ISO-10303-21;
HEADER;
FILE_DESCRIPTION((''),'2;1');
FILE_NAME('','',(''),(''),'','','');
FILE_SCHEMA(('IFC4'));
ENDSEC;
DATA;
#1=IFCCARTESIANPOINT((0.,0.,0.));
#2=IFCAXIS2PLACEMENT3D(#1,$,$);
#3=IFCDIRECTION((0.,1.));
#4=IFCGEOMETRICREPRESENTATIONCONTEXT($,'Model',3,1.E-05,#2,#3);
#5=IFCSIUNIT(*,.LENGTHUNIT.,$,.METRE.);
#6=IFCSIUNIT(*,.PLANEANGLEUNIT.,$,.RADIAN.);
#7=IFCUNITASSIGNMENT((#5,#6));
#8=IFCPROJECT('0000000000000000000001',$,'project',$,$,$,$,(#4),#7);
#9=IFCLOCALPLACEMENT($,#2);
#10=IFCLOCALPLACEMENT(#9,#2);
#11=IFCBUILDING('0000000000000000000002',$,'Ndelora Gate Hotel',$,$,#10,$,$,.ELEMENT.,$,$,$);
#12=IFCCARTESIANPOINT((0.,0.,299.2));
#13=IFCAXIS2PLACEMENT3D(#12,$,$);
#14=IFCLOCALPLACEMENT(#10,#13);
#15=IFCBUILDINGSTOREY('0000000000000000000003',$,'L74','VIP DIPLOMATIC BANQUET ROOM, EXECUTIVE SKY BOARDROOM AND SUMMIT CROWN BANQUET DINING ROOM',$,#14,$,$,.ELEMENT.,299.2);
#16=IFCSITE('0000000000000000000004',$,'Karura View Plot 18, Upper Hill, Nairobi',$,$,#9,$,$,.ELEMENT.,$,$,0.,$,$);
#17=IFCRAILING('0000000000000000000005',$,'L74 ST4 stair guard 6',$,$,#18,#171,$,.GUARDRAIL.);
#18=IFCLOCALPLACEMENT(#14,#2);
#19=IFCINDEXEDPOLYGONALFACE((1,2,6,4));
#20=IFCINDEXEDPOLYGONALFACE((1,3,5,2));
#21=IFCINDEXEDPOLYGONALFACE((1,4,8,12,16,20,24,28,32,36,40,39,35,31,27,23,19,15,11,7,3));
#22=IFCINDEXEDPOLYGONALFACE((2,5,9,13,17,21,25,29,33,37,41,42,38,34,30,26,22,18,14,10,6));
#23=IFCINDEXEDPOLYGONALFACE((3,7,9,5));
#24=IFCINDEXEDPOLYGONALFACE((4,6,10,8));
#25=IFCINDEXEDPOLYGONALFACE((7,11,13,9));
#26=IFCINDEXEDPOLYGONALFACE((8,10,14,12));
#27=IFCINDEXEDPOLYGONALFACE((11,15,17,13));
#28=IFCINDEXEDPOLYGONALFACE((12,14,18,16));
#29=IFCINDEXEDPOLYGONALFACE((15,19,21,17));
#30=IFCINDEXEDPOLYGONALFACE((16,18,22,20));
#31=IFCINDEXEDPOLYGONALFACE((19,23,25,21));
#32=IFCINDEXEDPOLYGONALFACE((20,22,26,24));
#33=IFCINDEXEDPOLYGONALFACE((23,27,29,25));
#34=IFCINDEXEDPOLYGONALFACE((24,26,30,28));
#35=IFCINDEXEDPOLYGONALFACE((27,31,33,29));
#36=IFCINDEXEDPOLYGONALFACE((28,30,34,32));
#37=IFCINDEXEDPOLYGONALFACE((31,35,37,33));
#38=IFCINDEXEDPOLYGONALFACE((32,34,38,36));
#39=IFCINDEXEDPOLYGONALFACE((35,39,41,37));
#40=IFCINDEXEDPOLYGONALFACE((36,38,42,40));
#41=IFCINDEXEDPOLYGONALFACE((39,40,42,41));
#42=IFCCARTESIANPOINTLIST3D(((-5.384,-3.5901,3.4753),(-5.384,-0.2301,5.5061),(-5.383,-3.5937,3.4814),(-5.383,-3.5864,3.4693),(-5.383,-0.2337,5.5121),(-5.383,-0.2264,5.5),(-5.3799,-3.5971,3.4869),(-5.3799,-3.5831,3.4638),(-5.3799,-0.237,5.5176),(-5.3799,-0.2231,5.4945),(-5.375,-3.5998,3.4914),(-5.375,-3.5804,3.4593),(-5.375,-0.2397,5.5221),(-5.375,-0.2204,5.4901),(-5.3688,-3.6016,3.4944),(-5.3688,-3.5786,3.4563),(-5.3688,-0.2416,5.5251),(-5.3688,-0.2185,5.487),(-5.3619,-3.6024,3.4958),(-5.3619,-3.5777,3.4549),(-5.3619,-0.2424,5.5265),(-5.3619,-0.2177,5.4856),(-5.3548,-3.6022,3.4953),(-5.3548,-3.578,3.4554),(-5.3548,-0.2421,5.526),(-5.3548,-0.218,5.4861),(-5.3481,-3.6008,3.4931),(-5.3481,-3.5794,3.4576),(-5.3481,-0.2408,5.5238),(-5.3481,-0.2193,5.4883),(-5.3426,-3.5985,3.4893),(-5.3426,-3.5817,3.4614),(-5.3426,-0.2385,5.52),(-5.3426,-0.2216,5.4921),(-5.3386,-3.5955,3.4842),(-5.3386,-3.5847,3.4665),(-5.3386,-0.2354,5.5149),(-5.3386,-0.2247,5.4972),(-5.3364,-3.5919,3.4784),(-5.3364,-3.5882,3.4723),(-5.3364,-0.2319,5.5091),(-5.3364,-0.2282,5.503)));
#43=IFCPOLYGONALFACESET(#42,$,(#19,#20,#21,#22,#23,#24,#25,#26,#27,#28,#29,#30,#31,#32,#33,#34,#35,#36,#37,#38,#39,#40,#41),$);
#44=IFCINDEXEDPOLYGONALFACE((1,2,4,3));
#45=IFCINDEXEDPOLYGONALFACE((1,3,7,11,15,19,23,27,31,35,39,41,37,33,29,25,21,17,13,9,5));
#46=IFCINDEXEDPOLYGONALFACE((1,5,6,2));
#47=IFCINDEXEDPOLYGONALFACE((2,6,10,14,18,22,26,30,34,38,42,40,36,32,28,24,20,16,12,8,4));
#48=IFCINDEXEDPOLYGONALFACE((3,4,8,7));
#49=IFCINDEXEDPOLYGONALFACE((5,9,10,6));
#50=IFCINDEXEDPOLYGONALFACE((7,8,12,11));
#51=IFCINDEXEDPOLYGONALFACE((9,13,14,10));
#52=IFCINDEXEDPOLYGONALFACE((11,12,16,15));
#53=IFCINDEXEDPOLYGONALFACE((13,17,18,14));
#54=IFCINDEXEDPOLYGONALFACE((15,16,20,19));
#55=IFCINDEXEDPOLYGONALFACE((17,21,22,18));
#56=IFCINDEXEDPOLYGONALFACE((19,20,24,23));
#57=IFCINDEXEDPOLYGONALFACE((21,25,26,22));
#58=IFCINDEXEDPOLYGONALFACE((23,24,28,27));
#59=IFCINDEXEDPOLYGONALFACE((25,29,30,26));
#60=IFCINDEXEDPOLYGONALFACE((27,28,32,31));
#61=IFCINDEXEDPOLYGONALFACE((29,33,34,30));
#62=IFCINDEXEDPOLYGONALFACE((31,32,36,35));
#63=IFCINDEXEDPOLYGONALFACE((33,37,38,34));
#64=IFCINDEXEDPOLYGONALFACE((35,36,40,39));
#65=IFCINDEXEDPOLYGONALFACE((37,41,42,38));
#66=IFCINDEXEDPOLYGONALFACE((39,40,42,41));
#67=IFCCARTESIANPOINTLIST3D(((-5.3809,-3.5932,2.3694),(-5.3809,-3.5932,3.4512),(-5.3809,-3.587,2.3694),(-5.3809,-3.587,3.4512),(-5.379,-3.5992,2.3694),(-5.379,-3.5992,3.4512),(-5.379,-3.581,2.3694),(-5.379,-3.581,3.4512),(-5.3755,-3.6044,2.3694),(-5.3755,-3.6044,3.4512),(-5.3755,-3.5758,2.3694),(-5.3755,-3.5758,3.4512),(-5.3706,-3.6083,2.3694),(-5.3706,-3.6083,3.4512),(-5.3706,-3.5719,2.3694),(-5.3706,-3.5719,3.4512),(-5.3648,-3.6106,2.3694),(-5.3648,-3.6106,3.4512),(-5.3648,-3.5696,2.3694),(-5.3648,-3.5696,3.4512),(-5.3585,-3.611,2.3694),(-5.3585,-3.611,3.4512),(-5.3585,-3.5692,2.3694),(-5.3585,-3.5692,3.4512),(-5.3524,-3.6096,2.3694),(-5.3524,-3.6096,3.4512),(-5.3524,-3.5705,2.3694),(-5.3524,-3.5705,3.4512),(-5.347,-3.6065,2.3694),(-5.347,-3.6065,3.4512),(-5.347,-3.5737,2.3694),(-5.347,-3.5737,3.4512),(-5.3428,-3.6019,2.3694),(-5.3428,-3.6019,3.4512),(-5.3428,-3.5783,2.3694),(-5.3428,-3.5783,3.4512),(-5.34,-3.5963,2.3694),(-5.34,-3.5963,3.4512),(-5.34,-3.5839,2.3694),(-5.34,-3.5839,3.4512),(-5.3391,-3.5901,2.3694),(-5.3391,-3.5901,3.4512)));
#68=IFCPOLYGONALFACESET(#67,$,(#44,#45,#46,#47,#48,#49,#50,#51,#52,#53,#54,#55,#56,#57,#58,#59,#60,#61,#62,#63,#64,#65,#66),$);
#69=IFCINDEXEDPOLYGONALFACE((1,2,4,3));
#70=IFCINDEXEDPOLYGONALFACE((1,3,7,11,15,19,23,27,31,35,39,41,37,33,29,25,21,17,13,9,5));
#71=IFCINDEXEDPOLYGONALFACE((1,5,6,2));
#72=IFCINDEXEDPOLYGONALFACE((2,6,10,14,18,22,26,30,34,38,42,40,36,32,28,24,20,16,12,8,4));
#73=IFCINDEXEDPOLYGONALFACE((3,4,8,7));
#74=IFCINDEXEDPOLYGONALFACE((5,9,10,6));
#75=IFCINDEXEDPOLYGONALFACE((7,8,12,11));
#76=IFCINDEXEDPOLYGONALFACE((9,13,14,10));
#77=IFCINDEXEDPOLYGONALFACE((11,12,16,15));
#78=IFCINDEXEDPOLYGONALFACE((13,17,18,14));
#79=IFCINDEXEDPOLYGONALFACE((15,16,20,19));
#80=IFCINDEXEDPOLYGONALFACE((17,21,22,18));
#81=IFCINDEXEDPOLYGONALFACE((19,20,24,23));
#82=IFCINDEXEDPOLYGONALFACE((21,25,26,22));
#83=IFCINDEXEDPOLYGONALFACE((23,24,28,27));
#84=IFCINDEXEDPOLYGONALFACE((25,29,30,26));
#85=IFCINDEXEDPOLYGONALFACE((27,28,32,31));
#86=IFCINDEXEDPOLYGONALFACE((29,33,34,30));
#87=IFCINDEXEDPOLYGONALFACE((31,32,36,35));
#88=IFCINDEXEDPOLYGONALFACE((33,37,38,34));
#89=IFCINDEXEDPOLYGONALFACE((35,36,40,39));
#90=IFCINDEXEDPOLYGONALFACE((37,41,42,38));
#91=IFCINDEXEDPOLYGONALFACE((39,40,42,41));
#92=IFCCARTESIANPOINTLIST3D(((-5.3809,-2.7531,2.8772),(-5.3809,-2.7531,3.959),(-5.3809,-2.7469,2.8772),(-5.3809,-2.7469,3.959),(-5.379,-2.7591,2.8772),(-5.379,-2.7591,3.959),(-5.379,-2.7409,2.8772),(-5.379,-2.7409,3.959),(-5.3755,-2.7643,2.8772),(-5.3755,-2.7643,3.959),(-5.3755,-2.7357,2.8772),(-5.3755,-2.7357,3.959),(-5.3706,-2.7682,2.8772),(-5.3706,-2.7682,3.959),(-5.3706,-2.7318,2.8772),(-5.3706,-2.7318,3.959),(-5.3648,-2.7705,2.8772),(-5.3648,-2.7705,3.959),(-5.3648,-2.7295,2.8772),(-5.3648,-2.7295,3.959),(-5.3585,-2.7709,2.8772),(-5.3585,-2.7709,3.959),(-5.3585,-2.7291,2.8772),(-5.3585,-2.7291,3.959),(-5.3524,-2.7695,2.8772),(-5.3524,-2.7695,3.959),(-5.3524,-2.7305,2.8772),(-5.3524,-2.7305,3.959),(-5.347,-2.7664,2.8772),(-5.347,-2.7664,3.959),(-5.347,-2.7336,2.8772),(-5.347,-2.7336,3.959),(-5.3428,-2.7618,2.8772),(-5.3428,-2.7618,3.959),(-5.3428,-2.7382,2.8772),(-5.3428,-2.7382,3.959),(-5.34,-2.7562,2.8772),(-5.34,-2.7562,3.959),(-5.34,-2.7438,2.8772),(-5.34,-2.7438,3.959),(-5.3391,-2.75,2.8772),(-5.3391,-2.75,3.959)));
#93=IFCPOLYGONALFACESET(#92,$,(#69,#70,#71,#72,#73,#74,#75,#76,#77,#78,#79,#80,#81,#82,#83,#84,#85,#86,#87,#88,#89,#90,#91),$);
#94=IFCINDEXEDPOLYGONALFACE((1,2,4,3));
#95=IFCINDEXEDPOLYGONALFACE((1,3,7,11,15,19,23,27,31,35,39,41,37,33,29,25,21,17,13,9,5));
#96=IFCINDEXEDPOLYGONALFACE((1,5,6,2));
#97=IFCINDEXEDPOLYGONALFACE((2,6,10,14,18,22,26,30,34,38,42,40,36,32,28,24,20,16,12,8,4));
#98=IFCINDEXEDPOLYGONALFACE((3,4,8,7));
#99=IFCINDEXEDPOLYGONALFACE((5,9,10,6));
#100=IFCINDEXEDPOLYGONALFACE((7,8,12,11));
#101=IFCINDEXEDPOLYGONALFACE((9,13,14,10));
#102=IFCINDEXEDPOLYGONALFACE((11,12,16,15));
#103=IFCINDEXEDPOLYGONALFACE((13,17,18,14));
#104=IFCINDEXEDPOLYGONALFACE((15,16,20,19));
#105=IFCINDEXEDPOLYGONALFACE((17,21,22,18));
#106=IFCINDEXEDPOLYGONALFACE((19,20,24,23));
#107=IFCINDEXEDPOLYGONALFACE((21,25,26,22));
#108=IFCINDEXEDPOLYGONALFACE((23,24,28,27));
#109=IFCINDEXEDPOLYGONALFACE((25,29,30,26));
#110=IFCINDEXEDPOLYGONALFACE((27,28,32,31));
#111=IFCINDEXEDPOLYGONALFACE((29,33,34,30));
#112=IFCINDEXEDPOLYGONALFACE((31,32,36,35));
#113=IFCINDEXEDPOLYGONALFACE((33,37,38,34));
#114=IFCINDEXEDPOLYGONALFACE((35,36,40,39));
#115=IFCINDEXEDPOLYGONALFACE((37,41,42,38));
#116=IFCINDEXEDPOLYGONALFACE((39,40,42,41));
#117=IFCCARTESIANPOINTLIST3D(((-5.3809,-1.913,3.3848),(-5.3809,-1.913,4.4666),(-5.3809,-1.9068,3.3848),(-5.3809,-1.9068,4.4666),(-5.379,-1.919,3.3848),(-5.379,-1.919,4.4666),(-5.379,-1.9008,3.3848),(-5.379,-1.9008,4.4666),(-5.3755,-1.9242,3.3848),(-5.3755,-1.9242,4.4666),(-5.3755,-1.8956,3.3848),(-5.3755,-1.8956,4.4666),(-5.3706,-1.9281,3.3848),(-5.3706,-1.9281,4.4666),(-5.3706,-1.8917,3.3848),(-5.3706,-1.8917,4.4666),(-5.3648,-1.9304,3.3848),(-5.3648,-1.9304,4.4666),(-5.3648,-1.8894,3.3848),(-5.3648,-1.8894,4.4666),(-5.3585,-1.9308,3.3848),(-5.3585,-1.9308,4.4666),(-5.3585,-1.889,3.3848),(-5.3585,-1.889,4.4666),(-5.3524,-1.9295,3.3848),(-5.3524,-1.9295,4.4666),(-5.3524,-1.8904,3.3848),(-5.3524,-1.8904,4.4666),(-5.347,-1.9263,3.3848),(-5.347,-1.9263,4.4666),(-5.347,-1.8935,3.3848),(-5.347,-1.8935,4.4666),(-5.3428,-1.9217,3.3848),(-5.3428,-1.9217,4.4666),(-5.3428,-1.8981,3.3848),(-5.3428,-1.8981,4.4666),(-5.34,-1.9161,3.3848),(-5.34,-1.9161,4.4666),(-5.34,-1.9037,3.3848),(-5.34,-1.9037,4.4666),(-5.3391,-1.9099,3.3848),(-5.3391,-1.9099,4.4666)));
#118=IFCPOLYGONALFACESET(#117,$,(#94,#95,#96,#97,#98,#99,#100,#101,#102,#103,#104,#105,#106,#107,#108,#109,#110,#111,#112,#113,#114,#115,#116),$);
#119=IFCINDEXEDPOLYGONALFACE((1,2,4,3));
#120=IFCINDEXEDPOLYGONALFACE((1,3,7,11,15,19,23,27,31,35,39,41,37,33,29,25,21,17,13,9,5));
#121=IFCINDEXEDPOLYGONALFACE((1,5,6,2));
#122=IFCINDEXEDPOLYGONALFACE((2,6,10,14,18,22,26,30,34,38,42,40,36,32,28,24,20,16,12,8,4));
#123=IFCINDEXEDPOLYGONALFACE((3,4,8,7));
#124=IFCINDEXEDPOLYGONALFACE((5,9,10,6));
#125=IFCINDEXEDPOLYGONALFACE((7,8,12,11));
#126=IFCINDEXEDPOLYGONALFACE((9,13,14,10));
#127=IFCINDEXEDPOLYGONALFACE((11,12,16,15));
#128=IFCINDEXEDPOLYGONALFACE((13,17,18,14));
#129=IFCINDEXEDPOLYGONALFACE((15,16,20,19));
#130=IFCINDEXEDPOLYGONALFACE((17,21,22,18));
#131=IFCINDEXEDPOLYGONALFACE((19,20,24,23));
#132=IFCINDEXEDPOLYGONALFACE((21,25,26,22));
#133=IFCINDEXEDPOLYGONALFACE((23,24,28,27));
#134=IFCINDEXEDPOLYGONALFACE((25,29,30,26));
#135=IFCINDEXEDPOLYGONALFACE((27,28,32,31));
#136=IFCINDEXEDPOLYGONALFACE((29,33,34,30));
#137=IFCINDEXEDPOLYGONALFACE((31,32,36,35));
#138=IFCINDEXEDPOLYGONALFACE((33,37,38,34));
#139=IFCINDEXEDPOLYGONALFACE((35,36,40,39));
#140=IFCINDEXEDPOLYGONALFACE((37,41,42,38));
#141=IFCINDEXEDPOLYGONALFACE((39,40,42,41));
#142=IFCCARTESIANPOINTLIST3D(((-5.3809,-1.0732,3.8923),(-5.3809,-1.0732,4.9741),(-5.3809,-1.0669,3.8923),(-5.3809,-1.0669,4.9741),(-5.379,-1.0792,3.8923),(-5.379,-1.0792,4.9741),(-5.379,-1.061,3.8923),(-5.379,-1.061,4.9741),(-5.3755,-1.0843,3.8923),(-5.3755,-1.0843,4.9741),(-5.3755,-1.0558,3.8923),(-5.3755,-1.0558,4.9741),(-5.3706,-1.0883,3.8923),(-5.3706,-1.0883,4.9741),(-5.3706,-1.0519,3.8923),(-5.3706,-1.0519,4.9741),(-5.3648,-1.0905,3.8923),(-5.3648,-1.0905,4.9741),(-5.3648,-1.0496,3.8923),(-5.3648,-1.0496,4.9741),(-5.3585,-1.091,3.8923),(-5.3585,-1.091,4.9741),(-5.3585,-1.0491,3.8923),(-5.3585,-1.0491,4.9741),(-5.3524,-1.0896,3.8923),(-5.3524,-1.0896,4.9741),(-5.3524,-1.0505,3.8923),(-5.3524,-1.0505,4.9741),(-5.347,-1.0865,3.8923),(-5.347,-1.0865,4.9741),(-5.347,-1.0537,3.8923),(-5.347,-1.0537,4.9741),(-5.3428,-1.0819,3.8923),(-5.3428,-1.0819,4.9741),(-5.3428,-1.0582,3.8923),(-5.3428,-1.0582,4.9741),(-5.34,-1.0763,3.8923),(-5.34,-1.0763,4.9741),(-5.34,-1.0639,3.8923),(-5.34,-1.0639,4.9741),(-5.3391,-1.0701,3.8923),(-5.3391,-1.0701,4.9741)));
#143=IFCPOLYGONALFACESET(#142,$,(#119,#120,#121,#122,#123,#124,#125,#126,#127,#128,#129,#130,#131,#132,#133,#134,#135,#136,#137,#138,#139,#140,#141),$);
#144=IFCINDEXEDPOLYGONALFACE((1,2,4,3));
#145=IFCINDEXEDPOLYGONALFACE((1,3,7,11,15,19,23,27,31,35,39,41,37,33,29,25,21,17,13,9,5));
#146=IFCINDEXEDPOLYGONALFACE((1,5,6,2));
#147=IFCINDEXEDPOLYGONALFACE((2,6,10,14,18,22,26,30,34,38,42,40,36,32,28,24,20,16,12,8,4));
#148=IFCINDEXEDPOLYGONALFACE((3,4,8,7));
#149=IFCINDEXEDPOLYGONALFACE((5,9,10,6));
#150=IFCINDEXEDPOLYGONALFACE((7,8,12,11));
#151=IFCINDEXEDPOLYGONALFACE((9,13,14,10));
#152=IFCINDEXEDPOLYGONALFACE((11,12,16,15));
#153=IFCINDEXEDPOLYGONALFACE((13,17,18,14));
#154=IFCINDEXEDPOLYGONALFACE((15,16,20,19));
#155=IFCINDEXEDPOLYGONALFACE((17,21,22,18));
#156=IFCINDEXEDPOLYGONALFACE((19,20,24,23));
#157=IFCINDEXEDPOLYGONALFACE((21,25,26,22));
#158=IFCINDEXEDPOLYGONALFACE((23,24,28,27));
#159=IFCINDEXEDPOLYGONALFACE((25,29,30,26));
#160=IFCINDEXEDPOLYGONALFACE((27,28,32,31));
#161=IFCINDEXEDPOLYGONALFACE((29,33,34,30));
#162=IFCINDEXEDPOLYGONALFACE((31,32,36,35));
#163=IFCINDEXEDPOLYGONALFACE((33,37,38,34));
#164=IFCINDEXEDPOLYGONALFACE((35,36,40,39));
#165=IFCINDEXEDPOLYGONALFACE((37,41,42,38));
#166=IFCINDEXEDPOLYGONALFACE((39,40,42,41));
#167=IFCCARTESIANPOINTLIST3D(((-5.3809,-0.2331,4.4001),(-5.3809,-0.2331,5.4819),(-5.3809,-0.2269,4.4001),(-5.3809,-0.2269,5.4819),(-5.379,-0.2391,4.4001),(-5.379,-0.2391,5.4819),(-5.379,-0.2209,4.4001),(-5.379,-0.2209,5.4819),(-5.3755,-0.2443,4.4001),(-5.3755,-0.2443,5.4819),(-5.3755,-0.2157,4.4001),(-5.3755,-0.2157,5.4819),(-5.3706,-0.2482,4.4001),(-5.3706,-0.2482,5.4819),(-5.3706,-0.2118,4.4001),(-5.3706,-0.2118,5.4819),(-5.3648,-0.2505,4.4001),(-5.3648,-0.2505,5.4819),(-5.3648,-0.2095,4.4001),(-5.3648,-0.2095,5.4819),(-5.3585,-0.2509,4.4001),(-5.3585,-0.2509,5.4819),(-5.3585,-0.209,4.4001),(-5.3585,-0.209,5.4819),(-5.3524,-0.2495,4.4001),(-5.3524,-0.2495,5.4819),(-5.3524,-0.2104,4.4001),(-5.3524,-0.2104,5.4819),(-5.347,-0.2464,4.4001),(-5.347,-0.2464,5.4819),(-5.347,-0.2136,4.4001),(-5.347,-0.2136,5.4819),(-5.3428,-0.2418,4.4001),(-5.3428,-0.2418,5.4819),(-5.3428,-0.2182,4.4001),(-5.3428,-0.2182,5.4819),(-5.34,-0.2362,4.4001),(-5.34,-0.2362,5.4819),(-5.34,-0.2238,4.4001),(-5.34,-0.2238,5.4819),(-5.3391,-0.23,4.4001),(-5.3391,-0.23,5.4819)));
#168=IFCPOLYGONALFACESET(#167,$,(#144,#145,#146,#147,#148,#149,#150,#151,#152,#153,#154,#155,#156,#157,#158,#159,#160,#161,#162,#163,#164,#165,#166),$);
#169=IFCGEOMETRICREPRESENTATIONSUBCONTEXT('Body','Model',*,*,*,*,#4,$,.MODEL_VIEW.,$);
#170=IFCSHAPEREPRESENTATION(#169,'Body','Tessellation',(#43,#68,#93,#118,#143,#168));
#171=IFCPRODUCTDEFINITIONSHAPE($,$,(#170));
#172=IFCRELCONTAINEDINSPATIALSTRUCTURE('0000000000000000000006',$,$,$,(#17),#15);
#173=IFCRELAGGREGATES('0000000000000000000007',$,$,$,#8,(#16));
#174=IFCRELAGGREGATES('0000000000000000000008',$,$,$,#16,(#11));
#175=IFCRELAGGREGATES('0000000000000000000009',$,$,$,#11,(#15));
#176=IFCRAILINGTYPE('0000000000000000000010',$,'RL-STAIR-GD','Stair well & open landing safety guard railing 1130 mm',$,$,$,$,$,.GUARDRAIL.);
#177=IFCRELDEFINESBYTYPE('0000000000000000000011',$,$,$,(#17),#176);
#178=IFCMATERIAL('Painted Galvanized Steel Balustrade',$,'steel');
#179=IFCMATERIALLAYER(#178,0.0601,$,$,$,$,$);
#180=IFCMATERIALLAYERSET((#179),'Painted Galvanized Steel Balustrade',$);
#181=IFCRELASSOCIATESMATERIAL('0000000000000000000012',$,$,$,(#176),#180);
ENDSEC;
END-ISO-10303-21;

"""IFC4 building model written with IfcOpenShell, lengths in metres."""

from ifc_helpers import new_model, si_unit, direction, frame, origin, origin_2d, place, context, subcontext, project, spatial, circle, extrude, material, layer, layer_set, type_object, element, save


model = new_model("IFC4")

# Units and contexts
model_context = context("Model", 3, precision=1e-05, world=origin(), true_north=direction((0.0, 1.0)))
body_context = subcontext(model_context, "Body", "Model", "MODEL_VIEW")
ifc_project = project(units=[si_unit("LENGTHUNIT", "METRE"), si_unit("PLANEANGLEUNIT", "RADIAN")], contexts=[model_context])

# Site, building, storey
site_placement = place(None, origin())
site = spatial("IfcSite", under=ifc_project, at=site_placement, Name="Karura View Plot 18, Upper Hill, Nairobi", CompositionType="ELEMENT", RefElevation=0.0)
building_placement = place(site_placement, origin())
building = spatial("IfcBuilding", under=site, at=building_placement, Name="Ndelora Gate Hotel", CompositionType="ELEMENT")
storey_placement = place(building_placement, frame((0.0, 0.0, 299.2)))
storey = spatial("IfcBuildingStorey", under=building, at=storey_placement, Name="L74", Description="VIP DIPLOMATIC BANQUET ROOM, EXECUTIVE SKY BOARDROOM AND SUMMIT CROWN BANQUET DINING ROOM", CompositionType="ELEMENT", Elevation=299.2)

# Railing
ifc_material_1 = material(Name="Painted Galvanized Steel Balustrade", Category="steel")
ifc_layer_1 = layer(ifc_material_1, 0.0601)
ifc_layer_set_1 = layer_set([ifc_layer_1], Name="Painted Galvanized Steel Balustrade")
railing_type_1 = type_object("IfcRailingType", Name="RL-STAIR-GD", Description="Stair well & open landing safety guard railing 1130 mm", PredefinedType="GUARDRAIL", material=ifc_layer_set_1)
railing_1_placement = place(storey_placement, frame((-5.3601, -3.5901, 2.3694)))
element("IfcRailing", 1, at=railing_1_placement, inside=storey, type_object=railing_type_1, Name="L74 ST4 stair guard 6", PredefinedType="GUARDRAIL", context=body_context, shape_type="SweptSolid", body=[
    extrude(circle(Radius=0.0239, at=origin_2d()), frame((0.0, 0.0, 1.106), z_axis=(0.0, 0.855837, 0.517246), x_axis=(-1.0, 0.0, 0.0)), (0.0, 0.0, 1.0), 3.926),
    extrude(circle(Radius=0.021, at=origin_2d()), origin(), (0.0, 0.0, 1.0), 1.0818),
    extrude(circle(Radius=0.021, at=origin_2d()), frame((0.0, 0.8401, 0.5078)), (0.0, 0.0, 1.0), 1.0818),
    extrude(circle(Radius=0.021, at=origin_2d()), frame((0.0, 1.6802, 1.0154)), (0.0, 0.0, 1.0), 1.0818),
    extrude(circle(Radius=0.021, at=origin_2d()), frame((0.0, 2.52, 1.5229)), (0.0, 0.0, 1.0), 1.0818),
    extrude(circle(Radius=0.021, at=origin_2d()), frame((0.0, 3.3601, 2.0308)), (0.0, 0.0, 1.0), 1.0818),
])

save(model, "model.ifc")
